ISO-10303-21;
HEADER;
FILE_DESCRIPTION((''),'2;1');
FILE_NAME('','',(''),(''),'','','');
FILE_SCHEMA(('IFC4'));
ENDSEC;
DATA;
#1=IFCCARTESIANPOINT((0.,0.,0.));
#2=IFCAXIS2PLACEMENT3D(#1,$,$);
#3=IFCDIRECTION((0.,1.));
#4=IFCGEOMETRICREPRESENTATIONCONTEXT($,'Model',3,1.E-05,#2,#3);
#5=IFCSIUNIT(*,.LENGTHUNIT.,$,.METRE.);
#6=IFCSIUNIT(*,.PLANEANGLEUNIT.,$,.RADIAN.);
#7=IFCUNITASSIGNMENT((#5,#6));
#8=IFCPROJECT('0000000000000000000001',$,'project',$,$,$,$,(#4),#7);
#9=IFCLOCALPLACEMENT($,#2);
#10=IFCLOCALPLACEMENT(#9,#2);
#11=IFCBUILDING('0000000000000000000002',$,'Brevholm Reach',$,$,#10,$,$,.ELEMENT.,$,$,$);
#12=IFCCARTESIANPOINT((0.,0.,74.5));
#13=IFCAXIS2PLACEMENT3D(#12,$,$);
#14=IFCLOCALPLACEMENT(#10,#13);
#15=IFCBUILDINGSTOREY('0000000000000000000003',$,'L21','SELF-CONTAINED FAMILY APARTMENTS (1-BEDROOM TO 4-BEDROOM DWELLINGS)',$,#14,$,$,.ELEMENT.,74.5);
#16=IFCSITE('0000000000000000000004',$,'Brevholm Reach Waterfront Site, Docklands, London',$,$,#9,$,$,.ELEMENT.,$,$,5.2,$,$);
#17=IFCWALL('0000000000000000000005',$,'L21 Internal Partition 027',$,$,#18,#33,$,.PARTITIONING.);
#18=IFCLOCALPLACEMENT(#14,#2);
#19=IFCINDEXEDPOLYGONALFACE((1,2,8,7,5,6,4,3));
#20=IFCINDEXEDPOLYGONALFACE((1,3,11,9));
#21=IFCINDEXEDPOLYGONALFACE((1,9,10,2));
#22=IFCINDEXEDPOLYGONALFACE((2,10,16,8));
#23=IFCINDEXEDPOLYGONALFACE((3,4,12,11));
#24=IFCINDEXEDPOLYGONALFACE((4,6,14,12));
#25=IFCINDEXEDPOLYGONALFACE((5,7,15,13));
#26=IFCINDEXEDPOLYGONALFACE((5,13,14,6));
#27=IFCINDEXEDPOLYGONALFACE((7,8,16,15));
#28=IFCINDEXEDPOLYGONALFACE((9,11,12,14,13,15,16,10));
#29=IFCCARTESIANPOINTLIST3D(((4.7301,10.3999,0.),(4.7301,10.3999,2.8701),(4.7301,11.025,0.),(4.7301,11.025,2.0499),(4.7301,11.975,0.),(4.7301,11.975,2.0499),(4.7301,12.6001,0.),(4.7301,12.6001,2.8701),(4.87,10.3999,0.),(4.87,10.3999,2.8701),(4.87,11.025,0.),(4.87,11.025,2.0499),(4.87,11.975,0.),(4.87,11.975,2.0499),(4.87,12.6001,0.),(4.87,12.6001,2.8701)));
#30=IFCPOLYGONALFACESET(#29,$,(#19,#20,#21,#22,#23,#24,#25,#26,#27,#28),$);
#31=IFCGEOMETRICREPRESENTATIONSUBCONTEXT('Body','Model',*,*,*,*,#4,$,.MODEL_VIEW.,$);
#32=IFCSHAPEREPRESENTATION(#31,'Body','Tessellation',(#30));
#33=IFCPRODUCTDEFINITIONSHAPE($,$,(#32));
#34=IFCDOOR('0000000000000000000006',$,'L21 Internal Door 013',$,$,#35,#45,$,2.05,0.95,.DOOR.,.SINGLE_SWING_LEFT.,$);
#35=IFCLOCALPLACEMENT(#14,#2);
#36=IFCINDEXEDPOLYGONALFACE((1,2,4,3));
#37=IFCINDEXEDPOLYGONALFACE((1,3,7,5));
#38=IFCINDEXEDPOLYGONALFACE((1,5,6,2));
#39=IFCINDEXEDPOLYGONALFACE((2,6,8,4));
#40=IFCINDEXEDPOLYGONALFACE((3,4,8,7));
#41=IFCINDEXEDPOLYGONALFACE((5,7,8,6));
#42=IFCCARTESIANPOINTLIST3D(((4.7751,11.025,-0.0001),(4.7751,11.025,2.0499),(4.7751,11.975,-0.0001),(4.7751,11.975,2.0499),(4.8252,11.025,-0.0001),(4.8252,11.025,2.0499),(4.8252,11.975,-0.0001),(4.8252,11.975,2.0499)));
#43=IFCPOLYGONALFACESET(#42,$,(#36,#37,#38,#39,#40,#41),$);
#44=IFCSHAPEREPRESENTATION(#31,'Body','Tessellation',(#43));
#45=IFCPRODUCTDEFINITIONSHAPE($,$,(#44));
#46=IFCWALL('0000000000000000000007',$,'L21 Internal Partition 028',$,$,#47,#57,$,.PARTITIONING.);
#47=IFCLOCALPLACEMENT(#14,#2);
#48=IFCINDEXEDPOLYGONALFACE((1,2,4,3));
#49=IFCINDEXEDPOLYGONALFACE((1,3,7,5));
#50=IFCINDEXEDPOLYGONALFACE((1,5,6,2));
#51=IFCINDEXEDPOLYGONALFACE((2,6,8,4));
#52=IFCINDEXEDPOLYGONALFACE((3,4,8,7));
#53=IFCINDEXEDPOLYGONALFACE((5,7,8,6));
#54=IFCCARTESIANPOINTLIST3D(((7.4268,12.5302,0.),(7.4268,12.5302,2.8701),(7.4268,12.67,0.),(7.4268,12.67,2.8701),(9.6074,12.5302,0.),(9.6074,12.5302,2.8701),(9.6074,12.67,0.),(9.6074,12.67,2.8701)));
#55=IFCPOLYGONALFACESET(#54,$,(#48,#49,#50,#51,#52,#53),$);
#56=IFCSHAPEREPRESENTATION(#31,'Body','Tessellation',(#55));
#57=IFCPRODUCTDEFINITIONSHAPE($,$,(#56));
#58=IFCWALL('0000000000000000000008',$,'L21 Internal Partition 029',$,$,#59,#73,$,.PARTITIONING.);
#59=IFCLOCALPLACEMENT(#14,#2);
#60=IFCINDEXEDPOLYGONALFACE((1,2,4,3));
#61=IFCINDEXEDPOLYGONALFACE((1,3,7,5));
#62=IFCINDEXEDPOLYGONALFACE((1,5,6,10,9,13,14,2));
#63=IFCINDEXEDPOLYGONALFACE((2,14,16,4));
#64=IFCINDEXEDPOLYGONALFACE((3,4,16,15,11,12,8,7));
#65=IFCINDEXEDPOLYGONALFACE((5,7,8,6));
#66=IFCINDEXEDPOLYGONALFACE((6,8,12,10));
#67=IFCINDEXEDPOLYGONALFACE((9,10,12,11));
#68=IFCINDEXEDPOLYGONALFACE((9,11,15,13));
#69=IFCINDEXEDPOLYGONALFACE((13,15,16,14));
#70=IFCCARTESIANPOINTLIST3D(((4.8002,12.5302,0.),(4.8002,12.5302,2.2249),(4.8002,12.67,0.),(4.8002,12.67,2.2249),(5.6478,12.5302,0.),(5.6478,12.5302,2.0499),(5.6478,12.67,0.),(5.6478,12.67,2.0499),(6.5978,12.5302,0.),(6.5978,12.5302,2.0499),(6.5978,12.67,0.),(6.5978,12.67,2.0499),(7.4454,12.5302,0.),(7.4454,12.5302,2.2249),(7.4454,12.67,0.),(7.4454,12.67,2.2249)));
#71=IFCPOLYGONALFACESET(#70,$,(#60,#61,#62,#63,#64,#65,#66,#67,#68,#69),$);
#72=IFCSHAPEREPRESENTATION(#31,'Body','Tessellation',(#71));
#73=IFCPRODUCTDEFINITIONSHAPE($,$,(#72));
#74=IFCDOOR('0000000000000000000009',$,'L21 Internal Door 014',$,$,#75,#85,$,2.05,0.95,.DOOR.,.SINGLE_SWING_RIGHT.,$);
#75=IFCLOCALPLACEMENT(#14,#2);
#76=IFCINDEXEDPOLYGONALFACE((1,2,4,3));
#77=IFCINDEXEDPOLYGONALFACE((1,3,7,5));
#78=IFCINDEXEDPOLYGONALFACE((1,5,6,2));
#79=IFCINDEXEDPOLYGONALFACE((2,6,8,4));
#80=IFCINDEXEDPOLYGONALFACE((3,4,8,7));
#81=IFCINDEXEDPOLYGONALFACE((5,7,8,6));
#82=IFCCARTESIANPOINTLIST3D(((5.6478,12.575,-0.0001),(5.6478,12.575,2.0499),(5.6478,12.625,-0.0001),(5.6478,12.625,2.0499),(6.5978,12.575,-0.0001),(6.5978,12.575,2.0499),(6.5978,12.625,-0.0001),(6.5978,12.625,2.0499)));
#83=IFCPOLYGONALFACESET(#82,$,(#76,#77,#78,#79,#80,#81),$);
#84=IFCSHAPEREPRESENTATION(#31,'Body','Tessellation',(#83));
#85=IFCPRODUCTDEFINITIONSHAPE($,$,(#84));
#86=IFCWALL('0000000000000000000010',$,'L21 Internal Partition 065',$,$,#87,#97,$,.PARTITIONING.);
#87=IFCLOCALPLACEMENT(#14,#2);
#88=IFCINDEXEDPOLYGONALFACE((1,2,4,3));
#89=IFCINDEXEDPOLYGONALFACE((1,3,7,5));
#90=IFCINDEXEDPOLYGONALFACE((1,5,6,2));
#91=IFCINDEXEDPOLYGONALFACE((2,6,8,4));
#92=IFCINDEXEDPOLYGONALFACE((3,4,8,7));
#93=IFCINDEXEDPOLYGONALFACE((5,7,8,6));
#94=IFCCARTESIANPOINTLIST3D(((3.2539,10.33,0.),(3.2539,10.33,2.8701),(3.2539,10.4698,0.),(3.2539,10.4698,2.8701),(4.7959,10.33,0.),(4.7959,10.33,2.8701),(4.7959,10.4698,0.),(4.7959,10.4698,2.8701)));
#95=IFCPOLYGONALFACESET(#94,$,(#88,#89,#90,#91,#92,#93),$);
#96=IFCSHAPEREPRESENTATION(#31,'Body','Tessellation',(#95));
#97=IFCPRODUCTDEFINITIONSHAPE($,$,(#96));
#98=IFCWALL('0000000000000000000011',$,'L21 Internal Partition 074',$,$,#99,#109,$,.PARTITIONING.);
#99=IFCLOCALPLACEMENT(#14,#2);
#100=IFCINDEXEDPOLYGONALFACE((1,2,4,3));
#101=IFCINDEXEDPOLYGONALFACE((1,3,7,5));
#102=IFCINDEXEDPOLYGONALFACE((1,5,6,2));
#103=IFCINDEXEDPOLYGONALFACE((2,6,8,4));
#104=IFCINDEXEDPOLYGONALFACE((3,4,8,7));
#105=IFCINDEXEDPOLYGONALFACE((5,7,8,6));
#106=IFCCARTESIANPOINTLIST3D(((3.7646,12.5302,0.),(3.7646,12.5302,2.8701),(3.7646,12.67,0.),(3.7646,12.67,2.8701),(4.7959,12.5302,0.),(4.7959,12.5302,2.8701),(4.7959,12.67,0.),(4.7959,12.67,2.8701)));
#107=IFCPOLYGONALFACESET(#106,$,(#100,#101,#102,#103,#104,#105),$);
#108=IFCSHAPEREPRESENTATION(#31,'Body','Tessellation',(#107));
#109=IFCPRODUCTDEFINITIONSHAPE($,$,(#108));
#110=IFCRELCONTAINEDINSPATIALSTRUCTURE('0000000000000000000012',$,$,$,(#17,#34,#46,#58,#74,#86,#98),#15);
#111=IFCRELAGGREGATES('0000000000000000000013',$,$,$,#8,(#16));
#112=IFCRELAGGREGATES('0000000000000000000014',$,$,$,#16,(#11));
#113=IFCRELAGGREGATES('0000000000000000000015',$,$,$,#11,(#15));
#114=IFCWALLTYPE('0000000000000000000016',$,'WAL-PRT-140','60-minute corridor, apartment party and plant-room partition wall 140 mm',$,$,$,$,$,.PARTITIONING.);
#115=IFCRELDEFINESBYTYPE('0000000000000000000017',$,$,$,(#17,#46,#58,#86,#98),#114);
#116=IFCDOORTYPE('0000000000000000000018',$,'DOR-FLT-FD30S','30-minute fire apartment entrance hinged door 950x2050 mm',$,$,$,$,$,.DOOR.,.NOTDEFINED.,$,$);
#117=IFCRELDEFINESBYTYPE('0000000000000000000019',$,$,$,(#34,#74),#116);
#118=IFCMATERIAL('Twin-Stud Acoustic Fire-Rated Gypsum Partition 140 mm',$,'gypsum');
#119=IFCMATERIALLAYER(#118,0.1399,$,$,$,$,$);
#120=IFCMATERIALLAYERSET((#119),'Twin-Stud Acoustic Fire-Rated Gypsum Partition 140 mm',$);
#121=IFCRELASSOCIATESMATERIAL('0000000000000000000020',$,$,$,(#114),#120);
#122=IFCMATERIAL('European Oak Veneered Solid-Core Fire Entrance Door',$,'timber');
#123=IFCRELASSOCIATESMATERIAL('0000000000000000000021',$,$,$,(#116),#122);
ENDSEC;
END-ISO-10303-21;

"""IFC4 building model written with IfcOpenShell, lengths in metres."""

from ifc_helpers import new_model, si_unit, direction, frame, frame_2d, origin, place, context, subcontext, project, spatial, rectangle, extrude, material, layer, layer_set, type_object, element, fill, save


model = new_model("IFC4")

# Units and contexts
model_context = context("Model", 3, precision=1e-05, world=origin(), true_north=direction((0.0, 1.0)))
body_context = subcontext(model_context, "Body", "Model", "MODEL_VIEW")
ifc_project = project(units=[si_unit("LENGTHUNIT", "METRE"), si_unit("PLANEANGLEUNIT", "RADIAN")], contexts=[model_context])

# Site, building, storey
site_placement = place(None, origin())
site = spatial("IfcSite", under=ifc_project, at=site_placement, Name="Brevholm Reach Waterfront Site, Docklands, London", CompositionType="ELEMENT", RefElevation=5.2)
building_placement = place(site_placement, origin())
building = spatial("IfcBuilding", under=site, at=building_placement, Name="Brevholm Reach", CompositionType="ELEMENT")
storey_placement = place(building_placement, frame((0.0, 0.0, 74.5)))
storey = spatial("IfcBuildingStorey", under=building, at=storey_placement, Name="L21", Description="SELF-CONTAINED FAMILY APARTMENTS (1-BEDROOM TO 4-BEDROOM DWELLINGS)", CompositionType="ELEMENT", Elevation=74.5)

# Shared definitions
ifc_material_1 = material(Name="Twin-Stud Acoustic Fire-Rated Gypsum Partition 140 mm", Category="gypsum")
ifc_layer_1 = layer(ifc_material_1, 0.1399)
ifc_layer_set_1 = layer_set([ifc_layer_1], Name="Twin-Stud Acoustic Fire-Rated Gypsum Partition 140 mm")
wall_type_1 = type_object("IfcWallType", Name="WAL-PRT-140", Description="60-minute corridor, apartment party and plant-room partition wall 140 mm", PredefinedType="PARTITIONING", material=ifc_layer_set_1)

# Wall, opening, door
ifc_material_2 = material(Name="European Oak Veneered Solid-Core Fire Entrance Door", Category="timber")
door_type_1 = type_object("IfcDoorType", Name="DOR-FLT-FD30S", Description="30-minute fire apartment entrance hinged door 950x2050 mm", OperationType="NOTDEFINED", PredefinedType="DOOR", material=ifc_material_2)
wall_1_placement = place(storey_placement, frame((4.8, 10.3999, 0.0), z_axis=(0.0, 0.0, 1.0), x_axis=(0.0, 1.0, 0.0)))
wall_1 = element("IfcWall", 1, at=wall_1_placement, inside=storey, type_object=wall_type_1, Name="L21 Internal Partition 027", PredefinedType="PARTITIONING", context=body_context, shape_type="SweptSolid", body=[
    extrude(rectangle(XDim=2.2002, YDim=0.1399, at=frame_2d((1.1001, 0.0))), origin(), (0.0, 0.0, 1.0), 2.8701),
])
opening_1_placement = place(wall_1_placement, frame((0.625, 0.0, 0.0)))
opening_1 = element("IfcOpeningElement", 2, at=opening_1_placement, cuts=wall_1, PredefinedType="OPENING", context=body_context, shape_type="SweptSolid", body=[
    extrude(rectangle(XDim=0.95, YDim=2.05, at=frame_2d((0.4751, 1.0249))), frame((0.0, 0.0798, 0.0), z_axis=(0.0, -1.0, 0.0), x_axis=(1.0, 0.0, 0.0)), (0.0, 0.0, 1.0), 0.1599),
])
door_1_placement = place(opening_1_placement, origin())
door_1 = element("IfcDoor", 3, at=door_1_placement, inside=storey, type_object=door_type_1, Name="L21 Internal Door 013", OperationType="SINGLE_SWING_LEFT", OverallHeight=2.05, OverallWidth=0.95, PredefinedType="DOOR", context=body_context, shape_type="SweptSolid", body=[
    extrude(rectangle(XDim=0.95, YDim=2.05, at=frame_2d((0.4751, 1.0249))), frame((0.0, 0.0249, 0.0), z_axis=(0.0, -1.0, 0.0), x_axis=(1.0, 0.0, 0.0)), (0.0, 0.0, 1.0), 0.05),
])
fill(opening_1, door_1)

# Wall
wall_2_placement = place(storey_placement, frame((7.4268, 12.6001, 0.0), z_axis=(0.0, 0.0, 1.0), x_axis=(1.0, 0.0, 0.0)))
element("IfcWall", 4, at=wall_2_placement, inside=storey, type_object=wall_type_1, Name="L21 Internal Partition 028", PredefinedType="PARTITIONING", context=body_context, shape_type="SweptSolid", body=[
    extrude(rectangle(XDim=2.1807, YDim=0.1399, at=frame_2d((1.0903, 0.0))), origin(), (0.0, 0.0, 1.0), 2.8701),
])

# Wall, opening, door
wall_3_placement = place(storey_placement, frame((4.8, 12.6001, 0.0), z_axis=(0.0, 0.0, 1.0), x_axis=(1.0, 0.0, 0.0)))
wall_3 = element("IfcWall", 5, at=wall_3_placement, inside=storey, type_object=wall_type_1, Name="L21 Internal Partition 029", PredefinedType="PARTITIONING", context=body_context, shape_type="SweptSolid", body=[
    extrude(rectangle(XDim=2.6453, YDim=0.1399, at=frame_2d((1.3228, 0.0))), origin(), (0.0, 0.0, 1.0), 2.2249),
])
opening_2_placement = place(wall_3_placement, frame((0.8477, 0.0, 0.0)))
opening_2 = element("IfcOpeningElement", 6, at=opening_2_placement, cuts=wall_3, PredefinedType="OPENING", context=body_context, shape_type="SweptSolid", body=[
    extrude(rectangle(XDim=0.95, YDim=2.05, at=frame_2d((0.4751, 1.0249))), frame((0.0, 0.0798, 0.0), z_axis=(0.0, -1.0, 0.0), x_axis=(1.0, 0.0, 0.0)), (0.0, 0.0, 1.0), 0.1599),
])
door_2_placement = place(opening_2_placement, origin())
door_2 = element("IfcDoor", 7, at=door_2_placement, inside=storey, type_object=door_type_1, Name="L21 Internal Door 014", OperationType="SINGLE_SWING_RIGHT", OverallHeight=2.05, OverallWidth=0.95, PredefinedType="DOOR", context=body_context, shape_type="SweptSolid", body=[
    extrude(rectangle(XDim=0.95, YDim=2.05, at=frame_2d((0.4751, 1.0249))), frame((0.0, 0.0249, 0.0), z_axis=(0.0, -1.0, 0.0), x_axis=(1.0, 0.0, 0.0)), (0.0, 0.0, 1.0), 0.05),
])
fill(opening_2, door_2)

# Walls
wall_4_placement = place(storey_placement, frame((3.2539, 10.3999, 0.0), z_axis=(0.0, 0.0, 1.0), x_axis=(1.0, 0.0, 0.0)))
element("IfcWall", 8, at=wall_4_placement, inside=storey, type_object=wall_type_1, Name="L21 Internal Partition 065", PredefinedType="PARTITIONING", context=body_context, shape_type="SweptSolid", body=[
    extrude(rectangle(XDim=1.542, YDim=0.1399, at=frame_2d((0.771, 0.0))), origin(), (0.0, 0.0, 1.0), 2.8701),
])
wall_5_placement = place(storey_placement, frame((3.7646, 12.6001, 0.0), z_axis=(0.0, 0.0, 1.0), x_axis=(1.0, 0.0, 0.0)))
element("IfcWall", 9, at=wall_5_placement, inside=storey, type_object=wall_type_1, Name="L21 Internal Partition 074", PredefinedType="PARTITIONING", context=body_context, shape_type="SweptSolid", body=[
    extrude(rectangle(XDim=1.0312, YDim=0.1399, at=frame_2d((0.5156, 0.0))), origin(), (0.0, 0.0, 1.0), 2.8701),
])

save(model, "model.ifc")
